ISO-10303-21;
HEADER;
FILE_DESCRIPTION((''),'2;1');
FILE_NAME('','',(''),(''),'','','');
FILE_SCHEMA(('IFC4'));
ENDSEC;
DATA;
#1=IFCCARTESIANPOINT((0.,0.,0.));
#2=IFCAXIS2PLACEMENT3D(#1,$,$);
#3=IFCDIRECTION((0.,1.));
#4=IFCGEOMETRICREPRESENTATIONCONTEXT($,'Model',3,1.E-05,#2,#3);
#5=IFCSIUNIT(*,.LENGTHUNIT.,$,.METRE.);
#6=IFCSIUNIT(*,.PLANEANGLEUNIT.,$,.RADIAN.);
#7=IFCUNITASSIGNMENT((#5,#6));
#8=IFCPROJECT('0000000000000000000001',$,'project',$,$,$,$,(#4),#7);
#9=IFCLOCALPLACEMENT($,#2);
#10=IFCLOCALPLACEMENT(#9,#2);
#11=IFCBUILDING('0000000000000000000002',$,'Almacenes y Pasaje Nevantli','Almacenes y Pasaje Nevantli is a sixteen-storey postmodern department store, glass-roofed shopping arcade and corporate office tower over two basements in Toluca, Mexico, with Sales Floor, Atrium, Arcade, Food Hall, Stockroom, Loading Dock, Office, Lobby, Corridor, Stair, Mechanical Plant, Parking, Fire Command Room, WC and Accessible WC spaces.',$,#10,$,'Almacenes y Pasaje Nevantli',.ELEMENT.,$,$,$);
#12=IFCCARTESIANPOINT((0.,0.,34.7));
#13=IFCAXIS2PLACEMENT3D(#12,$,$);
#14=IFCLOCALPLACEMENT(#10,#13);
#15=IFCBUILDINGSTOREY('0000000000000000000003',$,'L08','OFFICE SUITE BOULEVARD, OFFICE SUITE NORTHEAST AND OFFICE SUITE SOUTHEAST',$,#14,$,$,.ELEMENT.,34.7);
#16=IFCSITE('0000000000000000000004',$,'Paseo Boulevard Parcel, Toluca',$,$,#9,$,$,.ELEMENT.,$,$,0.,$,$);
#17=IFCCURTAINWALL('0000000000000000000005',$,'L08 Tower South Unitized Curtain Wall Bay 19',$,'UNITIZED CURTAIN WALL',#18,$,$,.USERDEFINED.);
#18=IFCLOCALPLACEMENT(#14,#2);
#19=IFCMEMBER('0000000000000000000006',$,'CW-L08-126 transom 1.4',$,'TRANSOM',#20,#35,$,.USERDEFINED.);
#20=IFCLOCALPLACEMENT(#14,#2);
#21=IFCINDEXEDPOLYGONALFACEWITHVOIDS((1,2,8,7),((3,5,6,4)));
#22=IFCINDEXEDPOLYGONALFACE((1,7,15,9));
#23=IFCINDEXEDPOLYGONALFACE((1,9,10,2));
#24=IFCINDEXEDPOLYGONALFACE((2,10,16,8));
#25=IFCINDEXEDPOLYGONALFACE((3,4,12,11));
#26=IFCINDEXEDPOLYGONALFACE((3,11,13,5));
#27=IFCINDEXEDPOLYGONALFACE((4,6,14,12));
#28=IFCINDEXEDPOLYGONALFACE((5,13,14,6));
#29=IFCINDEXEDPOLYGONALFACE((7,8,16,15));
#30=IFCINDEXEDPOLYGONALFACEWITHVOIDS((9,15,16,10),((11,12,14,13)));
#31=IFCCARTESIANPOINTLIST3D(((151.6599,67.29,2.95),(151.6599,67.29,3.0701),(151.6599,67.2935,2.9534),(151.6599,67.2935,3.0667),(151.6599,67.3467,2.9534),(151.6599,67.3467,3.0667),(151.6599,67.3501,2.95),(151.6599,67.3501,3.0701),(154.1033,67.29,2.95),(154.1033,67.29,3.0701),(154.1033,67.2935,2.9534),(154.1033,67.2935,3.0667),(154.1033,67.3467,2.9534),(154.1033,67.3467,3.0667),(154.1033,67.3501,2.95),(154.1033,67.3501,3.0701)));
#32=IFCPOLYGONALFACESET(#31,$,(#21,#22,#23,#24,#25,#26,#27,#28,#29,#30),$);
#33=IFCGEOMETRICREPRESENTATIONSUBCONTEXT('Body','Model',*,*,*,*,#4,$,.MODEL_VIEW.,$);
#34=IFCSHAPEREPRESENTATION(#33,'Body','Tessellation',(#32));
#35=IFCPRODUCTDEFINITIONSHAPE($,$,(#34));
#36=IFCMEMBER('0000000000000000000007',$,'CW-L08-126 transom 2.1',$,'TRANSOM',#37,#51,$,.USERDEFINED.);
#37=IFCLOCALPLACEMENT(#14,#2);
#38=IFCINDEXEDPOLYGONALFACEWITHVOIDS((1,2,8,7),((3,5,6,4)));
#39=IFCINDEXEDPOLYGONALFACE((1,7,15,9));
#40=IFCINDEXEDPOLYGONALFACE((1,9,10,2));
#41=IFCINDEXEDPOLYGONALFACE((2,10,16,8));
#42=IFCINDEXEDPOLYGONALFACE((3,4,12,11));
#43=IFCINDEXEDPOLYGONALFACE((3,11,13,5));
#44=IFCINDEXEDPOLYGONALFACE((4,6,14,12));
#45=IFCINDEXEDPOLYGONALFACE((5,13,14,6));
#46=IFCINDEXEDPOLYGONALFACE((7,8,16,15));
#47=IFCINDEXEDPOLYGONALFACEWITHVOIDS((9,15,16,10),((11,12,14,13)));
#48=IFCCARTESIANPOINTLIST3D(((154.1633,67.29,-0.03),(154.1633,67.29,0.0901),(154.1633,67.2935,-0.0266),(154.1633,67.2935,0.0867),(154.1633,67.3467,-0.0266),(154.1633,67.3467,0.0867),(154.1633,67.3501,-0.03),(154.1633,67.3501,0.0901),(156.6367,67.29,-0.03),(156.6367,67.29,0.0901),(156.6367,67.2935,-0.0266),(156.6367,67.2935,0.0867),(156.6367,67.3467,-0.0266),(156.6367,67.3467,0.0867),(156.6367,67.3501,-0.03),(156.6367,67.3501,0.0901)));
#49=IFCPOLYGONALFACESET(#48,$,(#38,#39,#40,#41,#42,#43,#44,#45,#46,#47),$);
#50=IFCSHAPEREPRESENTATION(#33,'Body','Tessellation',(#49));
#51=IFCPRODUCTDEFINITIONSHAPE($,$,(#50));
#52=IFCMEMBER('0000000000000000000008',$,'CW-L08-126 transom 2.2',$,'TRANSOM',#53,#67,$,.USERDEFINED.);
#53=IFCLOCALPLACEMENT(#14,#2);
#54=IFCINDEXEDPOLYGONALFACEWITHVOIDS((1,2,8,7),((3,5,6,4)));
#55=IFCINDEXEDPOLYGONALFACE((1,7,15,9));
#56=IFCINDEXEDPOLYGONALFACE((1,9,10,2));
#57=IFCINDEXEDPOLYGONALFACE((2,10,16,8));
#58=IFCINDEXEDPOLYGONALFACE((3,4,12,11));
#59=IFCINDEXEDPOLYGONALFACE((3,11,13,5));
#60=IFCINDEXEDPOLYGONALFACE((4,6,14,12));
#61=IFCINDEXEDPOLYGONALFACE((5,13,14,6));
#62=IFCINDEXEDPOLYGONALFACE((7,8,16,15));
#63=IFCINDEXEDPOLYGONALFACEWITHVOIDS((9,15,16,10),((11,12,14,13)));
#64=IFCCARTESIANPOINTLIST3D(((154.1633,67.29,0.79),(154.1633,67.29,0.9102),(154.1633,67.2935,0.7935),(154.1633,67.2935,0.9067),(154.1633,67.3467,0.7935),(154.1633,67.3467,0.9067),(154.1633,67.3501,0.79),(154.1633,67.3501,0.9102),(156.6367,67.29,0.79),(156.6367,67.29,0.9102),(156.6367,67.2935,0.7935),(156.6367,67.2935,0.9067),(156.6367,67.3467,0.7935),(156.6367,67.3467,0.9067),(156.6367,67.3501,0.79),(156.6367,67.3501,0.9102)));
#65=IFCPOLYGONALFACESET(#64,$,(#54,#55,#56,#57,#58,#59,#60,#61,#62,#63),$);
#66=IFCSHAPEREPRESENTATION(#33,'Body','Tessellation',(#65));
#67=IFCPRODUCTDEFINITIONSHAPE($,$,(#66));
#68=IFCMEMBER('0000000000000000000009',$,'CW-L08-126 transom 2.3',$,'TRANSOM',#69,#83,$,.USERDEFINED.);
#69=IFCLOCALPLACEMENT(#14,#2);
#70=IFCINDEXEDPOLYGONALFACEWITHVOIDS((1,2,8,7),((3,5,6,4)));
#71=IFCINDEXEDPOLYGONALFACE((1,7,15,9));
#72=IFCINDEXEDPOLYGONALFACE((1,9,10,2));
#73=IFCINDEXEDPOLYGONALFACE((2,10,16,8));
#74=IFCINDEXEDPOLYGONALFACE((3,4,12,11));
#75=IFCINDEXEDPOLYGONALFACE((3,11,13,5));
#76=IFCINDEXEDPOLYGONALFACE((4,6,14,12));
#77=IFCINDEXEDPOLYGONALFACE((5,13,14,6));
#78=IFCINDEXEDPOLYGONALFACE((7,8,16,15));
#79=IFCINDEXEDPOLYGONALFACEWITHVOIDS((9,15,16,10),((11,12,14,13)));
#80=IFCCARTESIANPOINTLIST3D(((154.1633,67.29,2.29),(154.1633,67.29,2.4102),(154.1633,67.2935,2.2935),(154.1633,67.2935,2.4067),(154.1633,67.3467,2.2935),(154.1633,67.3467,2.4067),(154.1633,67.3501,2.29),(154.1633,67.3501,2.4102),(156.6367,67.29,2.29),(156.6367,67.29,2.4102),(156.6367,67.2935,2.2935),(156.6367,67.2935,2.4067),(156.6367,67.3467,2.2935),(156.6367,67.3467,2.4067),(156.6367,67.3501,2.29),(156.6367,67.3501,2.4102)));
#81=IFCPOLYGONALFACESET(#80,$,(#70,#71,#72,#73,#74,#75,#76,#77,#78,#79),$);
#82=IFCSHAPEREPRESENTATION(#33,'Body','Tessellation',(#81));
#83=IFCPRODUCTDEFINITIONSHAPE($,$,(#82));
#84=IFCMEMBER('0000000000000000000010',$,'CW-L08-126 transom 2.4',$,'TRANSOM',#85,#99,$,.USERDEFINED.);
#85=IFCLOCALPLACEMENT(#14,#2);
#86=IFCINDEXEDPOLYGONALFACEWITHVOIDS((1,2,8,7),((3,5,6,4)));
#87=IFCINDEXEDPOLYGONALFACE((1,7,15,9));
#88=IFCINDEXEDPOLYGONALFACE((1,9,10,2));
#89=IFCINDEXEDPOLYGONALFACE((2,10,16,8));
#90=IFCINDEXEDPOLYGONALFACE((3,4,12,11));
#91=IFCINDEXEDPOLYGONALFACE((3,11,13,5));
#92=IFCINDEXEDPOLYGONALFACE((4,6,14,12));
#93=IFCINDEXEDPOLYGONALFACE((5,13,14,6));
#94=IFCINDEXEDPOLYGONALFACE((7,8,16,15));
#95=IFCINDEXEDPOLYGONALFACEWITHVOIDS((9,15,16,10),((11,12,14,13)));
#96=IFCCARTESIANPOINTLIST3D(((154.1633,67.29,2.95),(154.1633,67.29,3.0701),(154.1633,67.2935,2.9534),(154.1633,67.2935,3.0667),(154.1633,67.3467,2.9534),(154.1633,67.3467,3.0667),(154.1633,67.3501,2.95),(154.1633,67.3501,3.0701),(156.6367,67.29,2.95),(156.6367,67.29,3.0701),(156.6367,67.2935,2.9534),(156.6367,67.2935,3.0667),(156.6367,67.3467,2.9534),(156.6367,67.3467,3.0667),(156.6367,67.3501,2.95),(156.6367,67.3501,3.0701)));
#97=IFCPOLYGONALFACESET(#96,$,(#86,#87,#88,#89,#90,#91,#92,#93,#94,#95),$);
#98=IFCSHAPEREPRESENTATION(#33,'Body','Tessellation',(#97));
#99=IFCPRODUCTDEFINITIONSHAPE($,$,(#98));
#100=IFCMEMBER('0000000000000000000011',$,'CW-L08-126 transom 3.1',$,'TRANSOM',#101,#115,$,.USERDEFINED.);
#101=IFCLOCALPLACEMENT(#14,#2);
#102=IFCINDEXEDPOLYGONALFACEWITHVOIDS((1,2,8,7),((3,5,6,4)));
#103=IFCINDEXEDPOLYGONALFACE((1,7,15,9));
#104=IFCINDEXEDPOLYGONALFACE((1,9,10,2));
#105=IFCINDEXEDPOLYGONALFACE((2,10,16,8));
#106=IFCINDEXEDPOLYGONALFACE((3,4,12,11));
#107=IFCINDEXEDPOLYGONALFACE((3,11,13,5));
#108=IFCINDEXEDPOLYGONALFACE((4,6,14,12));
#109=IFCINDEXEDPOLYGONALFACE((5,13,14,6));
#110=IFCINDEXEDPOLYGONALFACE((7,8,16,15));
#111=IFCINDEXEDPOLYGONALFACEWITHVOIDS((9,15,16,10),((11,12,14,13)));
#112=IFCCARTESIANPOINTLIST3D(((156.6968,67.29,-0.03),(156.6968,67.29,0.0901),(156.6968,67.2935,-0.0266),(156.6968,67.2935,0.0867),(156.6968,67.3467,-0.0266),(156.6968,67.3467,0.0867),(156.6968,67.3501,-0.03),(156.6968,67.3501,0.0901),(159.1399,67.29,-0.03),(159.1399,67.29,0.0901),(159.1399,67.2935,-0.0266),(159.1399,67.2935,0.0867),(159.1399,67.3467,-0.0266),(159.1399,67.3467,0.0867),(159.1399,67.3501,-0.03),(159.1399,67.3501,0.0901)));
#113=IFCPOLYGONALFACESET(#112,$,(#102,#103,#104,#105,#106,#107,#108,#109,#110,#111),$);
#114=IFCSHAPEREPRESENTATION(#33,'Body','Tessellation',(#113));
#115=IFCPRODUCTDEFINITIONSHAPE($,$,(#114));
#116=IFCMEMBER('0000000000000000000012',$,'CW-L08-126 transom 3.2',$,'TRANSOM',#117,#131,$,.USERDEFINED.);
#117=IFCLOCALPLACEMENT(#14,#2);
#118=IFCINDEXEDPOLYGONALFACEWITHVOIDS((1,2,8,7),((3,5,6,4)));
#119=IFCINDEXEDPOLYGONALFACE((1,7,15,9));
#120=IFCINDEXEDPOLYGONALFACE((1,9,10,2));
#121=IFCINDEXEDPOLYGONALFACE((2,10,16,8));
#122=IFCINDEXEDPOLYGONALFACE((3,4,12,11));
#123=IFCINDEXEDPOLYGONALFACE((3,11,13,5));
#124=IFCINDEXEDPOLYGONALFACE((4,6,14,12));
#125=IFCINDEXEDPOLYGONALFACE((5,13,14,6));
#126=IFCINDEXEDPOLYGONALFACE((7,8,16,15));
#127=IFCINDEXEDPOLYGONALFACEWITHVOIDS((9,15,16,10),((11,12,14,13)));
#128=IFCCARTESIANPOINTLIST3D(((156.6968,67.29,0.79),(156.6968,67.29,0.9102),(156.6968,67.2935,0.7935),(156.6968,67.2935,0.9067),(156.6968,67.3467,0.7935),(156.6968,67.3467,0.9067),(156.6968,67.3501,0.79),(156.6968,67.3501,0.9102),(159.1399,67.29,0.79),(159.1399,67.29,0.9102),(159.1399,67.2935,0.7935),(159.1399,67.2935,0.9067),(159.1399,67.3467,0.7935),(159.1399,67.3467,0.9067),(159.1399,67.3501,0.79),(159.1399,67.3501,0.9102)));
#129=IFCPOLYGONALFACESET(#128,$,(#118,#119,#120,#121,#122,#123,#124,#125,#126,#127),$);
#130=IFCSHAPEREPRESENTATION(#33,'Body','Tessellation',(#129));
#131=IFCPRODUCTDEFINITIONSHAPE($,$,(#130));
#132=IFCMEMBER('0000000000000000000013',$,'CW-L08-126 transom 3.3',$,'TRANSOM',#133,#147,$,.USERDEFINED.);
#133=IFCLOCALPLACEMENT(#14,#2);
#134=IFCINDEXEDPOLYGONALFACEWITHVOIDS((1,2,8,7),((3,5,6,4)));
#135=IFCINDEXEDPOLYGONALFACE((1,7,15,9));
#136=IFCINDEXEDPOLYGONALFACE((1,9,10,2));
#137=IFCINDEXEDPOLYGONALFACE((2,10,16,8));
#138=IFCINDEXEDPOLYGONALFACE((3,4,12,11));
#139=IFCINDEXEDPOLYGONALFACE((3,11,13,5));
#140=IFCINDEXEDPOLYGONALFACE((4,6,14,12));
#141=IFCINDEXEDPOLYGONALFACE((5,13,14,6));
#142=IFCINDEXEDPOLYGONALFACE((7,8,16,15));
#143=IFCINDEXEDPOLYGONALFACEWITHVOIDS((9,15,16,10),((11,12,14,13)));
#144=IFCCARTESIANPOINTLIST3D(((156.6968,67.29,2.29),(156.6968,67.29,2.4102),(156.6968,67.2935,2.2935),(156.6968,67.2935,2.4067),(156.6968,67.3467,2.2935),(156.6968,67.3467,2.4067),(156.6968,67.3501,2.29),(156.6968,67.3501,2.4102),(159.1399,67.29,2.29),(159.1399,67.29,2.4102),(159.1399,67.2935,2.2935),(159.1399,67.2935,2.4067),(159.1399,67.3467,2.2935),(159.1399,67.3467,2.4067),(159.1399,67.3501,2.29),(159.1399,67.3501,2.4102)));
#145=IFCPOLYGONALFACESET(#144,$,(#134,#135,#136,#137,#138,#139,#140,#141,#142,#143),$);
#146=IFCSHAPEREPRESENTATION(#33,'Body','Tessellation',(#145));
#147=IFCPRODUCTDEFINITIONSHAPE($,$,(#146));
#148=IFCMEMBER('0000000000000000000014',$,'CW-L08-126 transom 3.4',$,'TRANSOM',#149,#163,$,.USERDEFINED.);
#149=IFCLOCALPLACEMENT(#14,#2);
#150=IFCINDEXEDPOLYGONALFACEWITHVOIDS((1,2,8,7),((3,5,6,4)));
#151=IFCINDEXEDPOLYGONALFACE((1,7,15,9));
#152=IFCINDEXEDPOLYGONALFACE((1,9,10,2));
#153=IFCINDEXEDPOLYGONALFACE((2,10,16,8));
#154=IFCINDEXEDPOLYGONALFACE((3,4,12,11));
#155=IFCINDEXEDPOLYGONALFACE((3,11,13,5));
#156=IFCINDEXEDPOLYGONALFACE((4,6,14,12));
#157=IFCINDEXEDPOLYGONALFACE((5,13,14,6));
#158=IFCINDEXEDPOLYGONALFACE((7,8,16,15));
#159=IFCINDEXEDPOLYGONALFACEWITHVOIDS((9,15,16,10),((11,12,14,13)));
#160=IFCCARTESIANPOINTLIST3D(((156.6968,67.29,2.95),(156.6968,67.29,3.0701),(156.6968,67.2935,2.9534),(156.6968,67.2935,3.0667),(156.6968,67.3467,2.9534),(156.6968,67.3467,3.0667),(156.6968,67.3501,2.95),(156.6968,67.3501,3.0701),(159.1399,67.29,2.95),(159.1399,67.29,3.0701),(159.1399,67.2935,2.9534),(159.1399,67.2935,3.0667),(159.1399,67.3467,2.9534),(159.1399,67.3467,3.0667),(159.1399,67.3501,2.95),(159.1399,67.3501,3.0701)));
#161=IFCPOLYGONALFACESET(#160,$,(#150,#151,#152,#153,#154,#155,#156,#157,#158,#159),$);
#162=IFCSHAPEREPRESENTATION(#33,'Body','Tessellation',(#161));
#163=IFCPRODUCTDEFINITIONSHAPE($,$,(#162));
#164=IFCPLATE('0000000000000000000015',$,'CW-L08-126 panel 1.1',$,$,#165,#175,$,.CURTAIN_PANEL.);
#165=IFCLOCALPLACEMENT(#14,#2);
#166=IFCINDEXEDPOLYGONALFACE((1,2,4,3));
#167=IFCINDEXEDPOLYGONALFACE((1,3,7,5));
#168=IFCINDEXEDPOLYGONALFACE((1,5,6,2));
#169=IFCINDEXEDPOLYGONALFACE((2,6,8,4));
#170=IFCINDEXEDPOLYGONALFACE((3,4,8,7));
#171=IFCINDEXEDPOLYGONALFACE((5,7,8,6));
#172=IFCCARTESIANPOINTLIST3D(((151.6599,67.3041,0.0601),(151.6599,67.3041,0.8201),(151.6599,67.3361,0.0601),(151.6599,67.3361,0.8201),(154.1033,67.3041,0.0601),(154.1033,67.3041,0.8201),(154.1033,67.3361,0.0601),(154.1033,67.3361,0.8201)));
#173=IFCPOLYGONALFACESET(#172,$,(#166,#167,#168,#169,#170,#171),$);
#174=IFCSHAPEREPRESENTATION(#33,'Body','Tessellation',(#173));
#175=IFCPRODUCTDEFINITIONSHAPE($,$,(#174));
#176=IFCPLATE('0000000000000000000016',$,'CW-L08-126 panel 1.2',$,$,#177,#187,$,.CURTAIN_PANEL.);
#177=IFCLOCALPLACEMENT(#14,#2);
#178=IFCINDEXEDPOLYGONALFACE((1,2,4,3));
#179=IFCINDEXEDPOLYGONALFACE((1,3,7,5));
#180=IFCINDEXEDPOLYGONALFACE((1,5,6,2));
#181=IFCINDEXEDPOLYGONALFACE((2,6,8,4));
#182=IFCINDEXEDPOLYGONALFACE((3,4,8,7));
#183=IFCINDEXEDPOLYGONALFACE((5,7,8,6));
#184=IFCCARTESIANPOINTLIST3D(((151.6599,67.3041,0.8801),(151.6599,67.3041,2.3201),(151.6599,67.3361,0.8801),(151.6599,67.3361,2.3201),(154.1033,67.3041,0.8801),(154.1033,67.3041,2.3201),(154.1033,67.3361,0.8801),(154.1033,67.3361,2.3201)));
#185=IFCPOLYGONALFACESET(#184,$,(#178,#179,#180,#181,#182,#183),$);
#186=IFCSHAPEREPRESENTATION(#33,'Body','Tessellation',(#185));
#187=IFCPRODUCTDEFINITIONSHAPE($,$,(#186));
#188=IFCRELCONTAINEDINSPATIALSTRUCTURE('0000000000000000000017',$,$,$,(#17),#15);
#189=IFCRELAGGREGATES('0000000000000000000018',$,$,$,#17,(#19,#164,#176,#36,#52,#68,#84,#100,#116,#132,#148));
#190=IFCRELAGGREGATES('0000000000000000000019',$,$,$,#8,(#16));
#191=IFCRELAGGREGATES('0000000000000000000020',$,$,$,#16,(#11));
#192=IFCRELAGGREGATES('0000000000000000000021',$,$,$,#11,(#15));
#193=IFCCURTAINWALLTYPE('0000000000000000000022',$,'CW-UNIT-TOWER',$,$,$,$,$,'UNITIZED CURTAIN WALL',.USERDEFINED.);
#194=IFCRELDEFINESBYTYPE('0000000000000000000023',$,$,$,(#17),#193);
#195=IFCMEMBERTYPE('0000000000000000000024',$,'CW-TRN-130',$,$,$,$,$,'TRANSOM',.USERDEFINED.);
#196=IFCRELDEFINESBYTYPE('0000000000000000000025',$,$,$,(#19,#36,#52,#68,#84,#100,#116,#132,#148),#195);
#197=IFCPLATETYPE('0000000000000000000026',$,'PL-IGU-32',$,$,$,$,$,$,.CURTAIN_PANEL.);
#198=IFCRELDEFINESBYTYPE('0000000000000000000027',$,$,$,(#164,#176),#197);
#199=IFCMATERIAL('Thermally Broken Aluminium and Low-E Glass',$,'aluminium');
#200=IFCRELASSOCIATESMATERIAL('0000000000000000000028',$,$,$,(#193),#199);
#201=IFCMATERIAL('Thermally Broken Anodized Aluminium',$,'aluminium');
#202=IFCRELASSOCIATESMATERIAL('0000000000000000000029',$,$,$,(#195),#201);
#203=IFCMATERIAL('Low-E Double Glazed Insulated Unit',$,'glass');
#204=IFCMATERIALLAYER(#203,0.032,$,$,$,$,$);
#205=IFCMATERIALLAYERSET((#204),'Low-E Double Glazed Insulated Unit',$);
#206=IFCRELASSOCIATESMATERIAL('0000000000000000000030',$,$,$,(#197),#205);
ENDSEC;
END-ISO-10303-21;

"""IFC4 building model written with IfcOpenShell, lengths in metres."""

from ifc_helpers import new_model, si_unit, direction, frame, origin, origin_2d, place, context, subcontext, project, spatial, rectangle, hollow_rectangle, extrude, material, layer, layer_set, material_profile, profile_set, type_object, element, aggregate, save


model = new_model("IFC4")

# Units and contexts
model_context = context("Model", 3, precision=1e-05, world=origin(), true_north=direction((0.0, 1.0)))
body_context = subcontext(model_context, "Body", "Model", "MODEL_VIEW")
ifc_project = project(units=[si_unit("LENGTHUNIT", "METRE"), si_unit("PLANEANGLEUNIT", "RADIAN")], contexts=[model_context])

# Site, building, storey
site_placement = place(None, origin())
site = spatial("IfcSite", under=ifc_project, at=site_placement, Name="Paseo Boulevard Parcel, Toluca", CompositionType="ELEMENT", RefElevation=0.0)
building_placement = place(site_placement, origin())
building = spatial("IfcBuilding", under=site, at=building_placement, Name="Almacenes y Pasaje Nevantli", Description="Almacenes y Pasaje Nevantli is a sixteen-storey postmodern department store, glass-roofed shopping arcade and corporate office tower over two basements in Toluca, Mexico, with Sales Floor, Atrium, Arcade, Food Hall, Stockroom, Loading Dock, Office, Lobby, Corridor, Stair, Mechanical Plant, Parking, Fire Command Room, WC and Accessible WC spaces.", LongName="Almacenes y Pasaje Nevantli", CompositionType="ELEMENT")
storey_placement = place(building_placement, frame((0.0, 0.0, 34.7)))
storey = spatial("IfcBuildingStorey", under=building, at=storey_placement, Name="L08", Description="OFFICE SUITE BOULEVARD, OFFICE SUITE NORTHEAST AND OFFICE SUITE SOUTHEAST", CompositionType="ELEMENT", Elevation=34.7)

# Curtain wall, members, plates
ifc_material_1 = material(Name="Thermally Broken Aluminium and Low-E Glass", Category="aluminium")
curtain_wall_type = type_object("IfcCurtainWallType", Name="CW-UNIT-TOWER", ElementType="UNITIZED CURTAIN WALL", PredefinedType="USERDEFINED", material=ifc_material_1)
curtain_wall_placement = place(storey_placement, origin())
curtain_wall = element("IfcCurtainWall", 1, at=curtain_wall_placement, inside=storey, type_object=curtain_wall_type, Name="L08 Tower South Unitized Curtain Wall Bay 19", ObjectType="UNITIZED CURTAIN WALL", PredefinedType="USERDEFINED")
ifc_material_2 = material(Name="Thermally Broken Anodized Aluminium", Category="aluminium")
ifc_material_profile_1 = material_profile(ifc_material_2, hollow_rectangle(XDim=0.0601, YDim=0.1201, WallThickness=0.0034, at=origin_2d()), Name="ALU-TRN-60x120")
ifc_profile_set_1 = profile_set([ifc_material_profile_1], Name="Thermally Broken Anodized Aluminium")
member_type_1 = type_object("IfcMemberType", Name="CW-TRN-130", ElementType="TRANSOM", PredefinedType="USERDEFINED", material=ifc_profile_set_1)
member_1_placement = place(storey_placement, frame((151.6599, 67.3201, 3.01), z_axis=(1.0, 0.0, 0.0), x_axis=(0.0, 1.0, 0.0)))
member_1 = element("IfcMember", 2, at=member_1_placement, type_object=member_type_1, Name="CW-L08-126 transom 1.4", ObjectType="TRANSOM", PredefinedType="USERDEFINED", context=body_context, shape_type="SweptSolid", body=[
    extrude(hollow_rectangle(XDim=0.0601, YDim=0.1201, WallThickness=0.0034, at=origin_2d()), origin(), (0.0, 0.0, 1.0), 2.4434),
])
member_2_placement = place(storey_placement, frame((154.1633, 67.3201, 0.03), z_axis=(1.0, 0.0, 0.0), x_axis=(0.0, 1.0, 0.0)))
member_2 = element("IfcMember", 3, at=member_2_placement, type_object=member_type_1, Name="CW-L08-126 transom 2.1", ObjectType="TRANSOM", PredefinedType="USERDEFINED", context=body_context, shape_type="SweptSolid", body=[
    extrude(hollow_rectangle(XDim=0.0601, YDim=0.1201, WallThickness=0.0034, at=origin_2d()), origin(), (0.0, 0.0, 1.0), 2.4734),
])
member_3_placement = place(storey_placement, frame((154.1633, 67.3201, 0.8501), z_axis=(1.0, 0.0, 0.0), x_axis=(0.0, 1.0, 0.0)))
member_3 = element("IfcMember", 4, at=member_3_placement, type_object=member_type_1, Name="CW-L08-126 transom 2.2", ObjectType="TRANSOM", PredefinedType="USERDEFINED", context=body_context, shape_type="SweptSolid", body=[
    extrude(hollow_rectangle(XDim=0.0601, YDim=0.1201, WallThickness=0.0034, at=origin_2d()), origin(), (0.0, 0.0, 1.0), 2.4734),
])
member_4_placement = place(storey_placement, frame((154.1633, 67.3201, 2.3501), z_axis=(1.0, 0.0, 0.0), x_axis=(0.0, 1.0, 0.0)))
member_4 = element("IfcMember", 5, at=member_4_placement, type_object=member_type_1, Name="CW-L08-126 transom 2.3", ObjectType="TRANSOM", PredefinedType="USERDEFINED", context=body_context, shape_type="SweptSolid", body=[
    extrude(hollow_rectangle(XDim=0.0601, YDim=0.1201, WallThickness=0.0034, at=origin_2d()), origin(), (0.0, 0.0, 1.0), 2.4734),
])
member_5_placement = place(storey_placement, frame((154.1633, 67.3201, 3.01), z_axis=(1.0, 0.0, 0.0), x_axis=(0.0, 1.0, 0.0)))
member_5 = element("IfcMember", 6, at=member_5_placement, type_object=member_type_1, Name="CW-L08-126 transom 2.4", ObjectType="TRANSOM", PredefinedType="USERDEFINED", context=body_context, shape_type="SweptSolid", body=[
    extrude(hollow_rectangle(XDim=0.0601, YDim=0.1201, WallThickness=0.0034, at=origin_2d()), origin(), (0.0, 0.0, 1.0), 2.4734),
])
member_6_placement = place(storey_placement, frame((156.6968, 67.3201, 0.03), z_axis=(1.0, 0.0, 0.0), x_axis=(0.0, 1.0, 0.0)))
member_6 = element("IfcMember", 7, at=member_6_placement, type_object=member_type_1, Name="CW-L08-126 transom 3.1", ObjectType="TRANSOM", PredefinedType="USERDEFINED", context=body_context, shape_type="SweptSolid", body=[
    extrude(hollow_rectangle(XDim=0.0601, YDim=0.1201, WallThickness=0.0034, at=origin_2d()), origin(), (0.0, 0.0, 1.0), 2.4431),
])
member_7_placement = place(storey_placement, frame((156.6968, 67.3201, 0.8501), z_axis=(1.0, 0.0, 0.0), x_axis=(0.0, 1.0, 0.0)))
member_7 = element("IfcMember", 8, at=member_7_placement, type_object=member_type_1, Name="CW-L08-126 transom 3.2", ObjectType="TRANSOM", PredefinedType="USERDEFINED", context=body_context, shape_type="SweptSolid", body=[
    extrude(hollow_rectangle(XDim=0.0601, YDim=0.1201, WallThickness=0.0034, at=origin_2d()), origin(), (0.0, 0.0, 1.0), 2.4431),
])
member_8_placement = place(storey_placement, frame((156.6968, 67.3201, 2.3501), z_axis=(1.0, 0.0, 0.0), x_axis=(0.0, 1.0, 0.0)))
member_8 = element("IfcMember", 9, at=member_8_placement, type_object=member_type_1, Name="CW-L08-126 transom 3.3", ObjectType="TRANSOM", PredefinedType="USERDEFINED", context=body_context, shape_type="SweptSolid", body=[
    extrude(hollow_rectangle(XDim=0.0601, YDim=0.1201, WallThickness=0.0034, at=origin_2d()), origin(), (0.0, 0.0, 1.0), 2.4431),
])
member_9_placement = place(storey_placement, frame((156.6968, 67.3201, 3.01), z_axis=(1.0, 0.0, 0.0), x_axis=(0.0, 1.0, 0.0)))
member_9 = element("IfcMember", 10, at=member_9_placement, type_object=member_type_1, Name="CW-L08-126 transom 3.4", ObjectType="TRANSOM", PredefinedType="USERDEFINED", context=body_context, shape_type="SweptSolid", body=[
    extrude(hollow_rectangle(XDim=0.0601, YDim=0.1201, WallThickness=0.0034, at=origin_2d()), origin(), (0.0, 0.0, 1.0), 2.4431),
])
ifc_material_3 = material(Name="Low-E Double Glazed Insulated Unit", Category="glass")
ifc_layer_1 = layer(ifc_material_3, 0.032)
ifc_layer_set_1 = layer_set([ifc_layer_1], Name="Low-E Double Glazed Insulated Unit")
plate_type = type_object("IfcPlateType", Name="PL-IGU-32", PredefinedType="CURTAIN_PANEL", material=ifc_layer_set_1)
plate_1_placement = place(storey_placement, frame((152.8816, 67.3201, 0.0601), z_axis=(0.0, 0.0, 1.0), x_axis=(1.0, 0.0, 0.0)))
plate_1 = element("IfcPlate", 11, at=plate_1_placement, type_object=plate_type, Name="CW-L08-126 panel 1.1", PredefinedType="CURTAIN_PANEL", context=body_context, shape_type="SweptSolid", body=[
    extrude(rectangle(XDim=2.4434, YDim=0.032, at=origin_2d()), origin(), (0.0, 0.0, 1.0), 0.76),
])
plate_2_placement = place(storey_placement, frame((152.8816, 67.3201, 0.8801), z_axis=(0.0, 0.0, 1.0), x_axis=(1.0, 0.0, 0.0)))
plate_2 = element("IfcPlate", 12, at=plate_2_placement, type_object=plate_type, Name="CW-L08-126 panel 1.2", PredefinedType="CURTAIN_PANEL", context=body_context, shape_type="SweptSolid", body=[
    extrude(rectangle(XDim=2.4434, YDim=0.032, at=origin_2d()), origin(), (0.0, 0.0, 1.0), 1.4399),
])
aggregate(curtain_wall, [member_1, plate_1, plate_2, member_2, member_3, member_4, member_5, member_6, member_7, member_8, member_9])

save(model, "model.ifc")
